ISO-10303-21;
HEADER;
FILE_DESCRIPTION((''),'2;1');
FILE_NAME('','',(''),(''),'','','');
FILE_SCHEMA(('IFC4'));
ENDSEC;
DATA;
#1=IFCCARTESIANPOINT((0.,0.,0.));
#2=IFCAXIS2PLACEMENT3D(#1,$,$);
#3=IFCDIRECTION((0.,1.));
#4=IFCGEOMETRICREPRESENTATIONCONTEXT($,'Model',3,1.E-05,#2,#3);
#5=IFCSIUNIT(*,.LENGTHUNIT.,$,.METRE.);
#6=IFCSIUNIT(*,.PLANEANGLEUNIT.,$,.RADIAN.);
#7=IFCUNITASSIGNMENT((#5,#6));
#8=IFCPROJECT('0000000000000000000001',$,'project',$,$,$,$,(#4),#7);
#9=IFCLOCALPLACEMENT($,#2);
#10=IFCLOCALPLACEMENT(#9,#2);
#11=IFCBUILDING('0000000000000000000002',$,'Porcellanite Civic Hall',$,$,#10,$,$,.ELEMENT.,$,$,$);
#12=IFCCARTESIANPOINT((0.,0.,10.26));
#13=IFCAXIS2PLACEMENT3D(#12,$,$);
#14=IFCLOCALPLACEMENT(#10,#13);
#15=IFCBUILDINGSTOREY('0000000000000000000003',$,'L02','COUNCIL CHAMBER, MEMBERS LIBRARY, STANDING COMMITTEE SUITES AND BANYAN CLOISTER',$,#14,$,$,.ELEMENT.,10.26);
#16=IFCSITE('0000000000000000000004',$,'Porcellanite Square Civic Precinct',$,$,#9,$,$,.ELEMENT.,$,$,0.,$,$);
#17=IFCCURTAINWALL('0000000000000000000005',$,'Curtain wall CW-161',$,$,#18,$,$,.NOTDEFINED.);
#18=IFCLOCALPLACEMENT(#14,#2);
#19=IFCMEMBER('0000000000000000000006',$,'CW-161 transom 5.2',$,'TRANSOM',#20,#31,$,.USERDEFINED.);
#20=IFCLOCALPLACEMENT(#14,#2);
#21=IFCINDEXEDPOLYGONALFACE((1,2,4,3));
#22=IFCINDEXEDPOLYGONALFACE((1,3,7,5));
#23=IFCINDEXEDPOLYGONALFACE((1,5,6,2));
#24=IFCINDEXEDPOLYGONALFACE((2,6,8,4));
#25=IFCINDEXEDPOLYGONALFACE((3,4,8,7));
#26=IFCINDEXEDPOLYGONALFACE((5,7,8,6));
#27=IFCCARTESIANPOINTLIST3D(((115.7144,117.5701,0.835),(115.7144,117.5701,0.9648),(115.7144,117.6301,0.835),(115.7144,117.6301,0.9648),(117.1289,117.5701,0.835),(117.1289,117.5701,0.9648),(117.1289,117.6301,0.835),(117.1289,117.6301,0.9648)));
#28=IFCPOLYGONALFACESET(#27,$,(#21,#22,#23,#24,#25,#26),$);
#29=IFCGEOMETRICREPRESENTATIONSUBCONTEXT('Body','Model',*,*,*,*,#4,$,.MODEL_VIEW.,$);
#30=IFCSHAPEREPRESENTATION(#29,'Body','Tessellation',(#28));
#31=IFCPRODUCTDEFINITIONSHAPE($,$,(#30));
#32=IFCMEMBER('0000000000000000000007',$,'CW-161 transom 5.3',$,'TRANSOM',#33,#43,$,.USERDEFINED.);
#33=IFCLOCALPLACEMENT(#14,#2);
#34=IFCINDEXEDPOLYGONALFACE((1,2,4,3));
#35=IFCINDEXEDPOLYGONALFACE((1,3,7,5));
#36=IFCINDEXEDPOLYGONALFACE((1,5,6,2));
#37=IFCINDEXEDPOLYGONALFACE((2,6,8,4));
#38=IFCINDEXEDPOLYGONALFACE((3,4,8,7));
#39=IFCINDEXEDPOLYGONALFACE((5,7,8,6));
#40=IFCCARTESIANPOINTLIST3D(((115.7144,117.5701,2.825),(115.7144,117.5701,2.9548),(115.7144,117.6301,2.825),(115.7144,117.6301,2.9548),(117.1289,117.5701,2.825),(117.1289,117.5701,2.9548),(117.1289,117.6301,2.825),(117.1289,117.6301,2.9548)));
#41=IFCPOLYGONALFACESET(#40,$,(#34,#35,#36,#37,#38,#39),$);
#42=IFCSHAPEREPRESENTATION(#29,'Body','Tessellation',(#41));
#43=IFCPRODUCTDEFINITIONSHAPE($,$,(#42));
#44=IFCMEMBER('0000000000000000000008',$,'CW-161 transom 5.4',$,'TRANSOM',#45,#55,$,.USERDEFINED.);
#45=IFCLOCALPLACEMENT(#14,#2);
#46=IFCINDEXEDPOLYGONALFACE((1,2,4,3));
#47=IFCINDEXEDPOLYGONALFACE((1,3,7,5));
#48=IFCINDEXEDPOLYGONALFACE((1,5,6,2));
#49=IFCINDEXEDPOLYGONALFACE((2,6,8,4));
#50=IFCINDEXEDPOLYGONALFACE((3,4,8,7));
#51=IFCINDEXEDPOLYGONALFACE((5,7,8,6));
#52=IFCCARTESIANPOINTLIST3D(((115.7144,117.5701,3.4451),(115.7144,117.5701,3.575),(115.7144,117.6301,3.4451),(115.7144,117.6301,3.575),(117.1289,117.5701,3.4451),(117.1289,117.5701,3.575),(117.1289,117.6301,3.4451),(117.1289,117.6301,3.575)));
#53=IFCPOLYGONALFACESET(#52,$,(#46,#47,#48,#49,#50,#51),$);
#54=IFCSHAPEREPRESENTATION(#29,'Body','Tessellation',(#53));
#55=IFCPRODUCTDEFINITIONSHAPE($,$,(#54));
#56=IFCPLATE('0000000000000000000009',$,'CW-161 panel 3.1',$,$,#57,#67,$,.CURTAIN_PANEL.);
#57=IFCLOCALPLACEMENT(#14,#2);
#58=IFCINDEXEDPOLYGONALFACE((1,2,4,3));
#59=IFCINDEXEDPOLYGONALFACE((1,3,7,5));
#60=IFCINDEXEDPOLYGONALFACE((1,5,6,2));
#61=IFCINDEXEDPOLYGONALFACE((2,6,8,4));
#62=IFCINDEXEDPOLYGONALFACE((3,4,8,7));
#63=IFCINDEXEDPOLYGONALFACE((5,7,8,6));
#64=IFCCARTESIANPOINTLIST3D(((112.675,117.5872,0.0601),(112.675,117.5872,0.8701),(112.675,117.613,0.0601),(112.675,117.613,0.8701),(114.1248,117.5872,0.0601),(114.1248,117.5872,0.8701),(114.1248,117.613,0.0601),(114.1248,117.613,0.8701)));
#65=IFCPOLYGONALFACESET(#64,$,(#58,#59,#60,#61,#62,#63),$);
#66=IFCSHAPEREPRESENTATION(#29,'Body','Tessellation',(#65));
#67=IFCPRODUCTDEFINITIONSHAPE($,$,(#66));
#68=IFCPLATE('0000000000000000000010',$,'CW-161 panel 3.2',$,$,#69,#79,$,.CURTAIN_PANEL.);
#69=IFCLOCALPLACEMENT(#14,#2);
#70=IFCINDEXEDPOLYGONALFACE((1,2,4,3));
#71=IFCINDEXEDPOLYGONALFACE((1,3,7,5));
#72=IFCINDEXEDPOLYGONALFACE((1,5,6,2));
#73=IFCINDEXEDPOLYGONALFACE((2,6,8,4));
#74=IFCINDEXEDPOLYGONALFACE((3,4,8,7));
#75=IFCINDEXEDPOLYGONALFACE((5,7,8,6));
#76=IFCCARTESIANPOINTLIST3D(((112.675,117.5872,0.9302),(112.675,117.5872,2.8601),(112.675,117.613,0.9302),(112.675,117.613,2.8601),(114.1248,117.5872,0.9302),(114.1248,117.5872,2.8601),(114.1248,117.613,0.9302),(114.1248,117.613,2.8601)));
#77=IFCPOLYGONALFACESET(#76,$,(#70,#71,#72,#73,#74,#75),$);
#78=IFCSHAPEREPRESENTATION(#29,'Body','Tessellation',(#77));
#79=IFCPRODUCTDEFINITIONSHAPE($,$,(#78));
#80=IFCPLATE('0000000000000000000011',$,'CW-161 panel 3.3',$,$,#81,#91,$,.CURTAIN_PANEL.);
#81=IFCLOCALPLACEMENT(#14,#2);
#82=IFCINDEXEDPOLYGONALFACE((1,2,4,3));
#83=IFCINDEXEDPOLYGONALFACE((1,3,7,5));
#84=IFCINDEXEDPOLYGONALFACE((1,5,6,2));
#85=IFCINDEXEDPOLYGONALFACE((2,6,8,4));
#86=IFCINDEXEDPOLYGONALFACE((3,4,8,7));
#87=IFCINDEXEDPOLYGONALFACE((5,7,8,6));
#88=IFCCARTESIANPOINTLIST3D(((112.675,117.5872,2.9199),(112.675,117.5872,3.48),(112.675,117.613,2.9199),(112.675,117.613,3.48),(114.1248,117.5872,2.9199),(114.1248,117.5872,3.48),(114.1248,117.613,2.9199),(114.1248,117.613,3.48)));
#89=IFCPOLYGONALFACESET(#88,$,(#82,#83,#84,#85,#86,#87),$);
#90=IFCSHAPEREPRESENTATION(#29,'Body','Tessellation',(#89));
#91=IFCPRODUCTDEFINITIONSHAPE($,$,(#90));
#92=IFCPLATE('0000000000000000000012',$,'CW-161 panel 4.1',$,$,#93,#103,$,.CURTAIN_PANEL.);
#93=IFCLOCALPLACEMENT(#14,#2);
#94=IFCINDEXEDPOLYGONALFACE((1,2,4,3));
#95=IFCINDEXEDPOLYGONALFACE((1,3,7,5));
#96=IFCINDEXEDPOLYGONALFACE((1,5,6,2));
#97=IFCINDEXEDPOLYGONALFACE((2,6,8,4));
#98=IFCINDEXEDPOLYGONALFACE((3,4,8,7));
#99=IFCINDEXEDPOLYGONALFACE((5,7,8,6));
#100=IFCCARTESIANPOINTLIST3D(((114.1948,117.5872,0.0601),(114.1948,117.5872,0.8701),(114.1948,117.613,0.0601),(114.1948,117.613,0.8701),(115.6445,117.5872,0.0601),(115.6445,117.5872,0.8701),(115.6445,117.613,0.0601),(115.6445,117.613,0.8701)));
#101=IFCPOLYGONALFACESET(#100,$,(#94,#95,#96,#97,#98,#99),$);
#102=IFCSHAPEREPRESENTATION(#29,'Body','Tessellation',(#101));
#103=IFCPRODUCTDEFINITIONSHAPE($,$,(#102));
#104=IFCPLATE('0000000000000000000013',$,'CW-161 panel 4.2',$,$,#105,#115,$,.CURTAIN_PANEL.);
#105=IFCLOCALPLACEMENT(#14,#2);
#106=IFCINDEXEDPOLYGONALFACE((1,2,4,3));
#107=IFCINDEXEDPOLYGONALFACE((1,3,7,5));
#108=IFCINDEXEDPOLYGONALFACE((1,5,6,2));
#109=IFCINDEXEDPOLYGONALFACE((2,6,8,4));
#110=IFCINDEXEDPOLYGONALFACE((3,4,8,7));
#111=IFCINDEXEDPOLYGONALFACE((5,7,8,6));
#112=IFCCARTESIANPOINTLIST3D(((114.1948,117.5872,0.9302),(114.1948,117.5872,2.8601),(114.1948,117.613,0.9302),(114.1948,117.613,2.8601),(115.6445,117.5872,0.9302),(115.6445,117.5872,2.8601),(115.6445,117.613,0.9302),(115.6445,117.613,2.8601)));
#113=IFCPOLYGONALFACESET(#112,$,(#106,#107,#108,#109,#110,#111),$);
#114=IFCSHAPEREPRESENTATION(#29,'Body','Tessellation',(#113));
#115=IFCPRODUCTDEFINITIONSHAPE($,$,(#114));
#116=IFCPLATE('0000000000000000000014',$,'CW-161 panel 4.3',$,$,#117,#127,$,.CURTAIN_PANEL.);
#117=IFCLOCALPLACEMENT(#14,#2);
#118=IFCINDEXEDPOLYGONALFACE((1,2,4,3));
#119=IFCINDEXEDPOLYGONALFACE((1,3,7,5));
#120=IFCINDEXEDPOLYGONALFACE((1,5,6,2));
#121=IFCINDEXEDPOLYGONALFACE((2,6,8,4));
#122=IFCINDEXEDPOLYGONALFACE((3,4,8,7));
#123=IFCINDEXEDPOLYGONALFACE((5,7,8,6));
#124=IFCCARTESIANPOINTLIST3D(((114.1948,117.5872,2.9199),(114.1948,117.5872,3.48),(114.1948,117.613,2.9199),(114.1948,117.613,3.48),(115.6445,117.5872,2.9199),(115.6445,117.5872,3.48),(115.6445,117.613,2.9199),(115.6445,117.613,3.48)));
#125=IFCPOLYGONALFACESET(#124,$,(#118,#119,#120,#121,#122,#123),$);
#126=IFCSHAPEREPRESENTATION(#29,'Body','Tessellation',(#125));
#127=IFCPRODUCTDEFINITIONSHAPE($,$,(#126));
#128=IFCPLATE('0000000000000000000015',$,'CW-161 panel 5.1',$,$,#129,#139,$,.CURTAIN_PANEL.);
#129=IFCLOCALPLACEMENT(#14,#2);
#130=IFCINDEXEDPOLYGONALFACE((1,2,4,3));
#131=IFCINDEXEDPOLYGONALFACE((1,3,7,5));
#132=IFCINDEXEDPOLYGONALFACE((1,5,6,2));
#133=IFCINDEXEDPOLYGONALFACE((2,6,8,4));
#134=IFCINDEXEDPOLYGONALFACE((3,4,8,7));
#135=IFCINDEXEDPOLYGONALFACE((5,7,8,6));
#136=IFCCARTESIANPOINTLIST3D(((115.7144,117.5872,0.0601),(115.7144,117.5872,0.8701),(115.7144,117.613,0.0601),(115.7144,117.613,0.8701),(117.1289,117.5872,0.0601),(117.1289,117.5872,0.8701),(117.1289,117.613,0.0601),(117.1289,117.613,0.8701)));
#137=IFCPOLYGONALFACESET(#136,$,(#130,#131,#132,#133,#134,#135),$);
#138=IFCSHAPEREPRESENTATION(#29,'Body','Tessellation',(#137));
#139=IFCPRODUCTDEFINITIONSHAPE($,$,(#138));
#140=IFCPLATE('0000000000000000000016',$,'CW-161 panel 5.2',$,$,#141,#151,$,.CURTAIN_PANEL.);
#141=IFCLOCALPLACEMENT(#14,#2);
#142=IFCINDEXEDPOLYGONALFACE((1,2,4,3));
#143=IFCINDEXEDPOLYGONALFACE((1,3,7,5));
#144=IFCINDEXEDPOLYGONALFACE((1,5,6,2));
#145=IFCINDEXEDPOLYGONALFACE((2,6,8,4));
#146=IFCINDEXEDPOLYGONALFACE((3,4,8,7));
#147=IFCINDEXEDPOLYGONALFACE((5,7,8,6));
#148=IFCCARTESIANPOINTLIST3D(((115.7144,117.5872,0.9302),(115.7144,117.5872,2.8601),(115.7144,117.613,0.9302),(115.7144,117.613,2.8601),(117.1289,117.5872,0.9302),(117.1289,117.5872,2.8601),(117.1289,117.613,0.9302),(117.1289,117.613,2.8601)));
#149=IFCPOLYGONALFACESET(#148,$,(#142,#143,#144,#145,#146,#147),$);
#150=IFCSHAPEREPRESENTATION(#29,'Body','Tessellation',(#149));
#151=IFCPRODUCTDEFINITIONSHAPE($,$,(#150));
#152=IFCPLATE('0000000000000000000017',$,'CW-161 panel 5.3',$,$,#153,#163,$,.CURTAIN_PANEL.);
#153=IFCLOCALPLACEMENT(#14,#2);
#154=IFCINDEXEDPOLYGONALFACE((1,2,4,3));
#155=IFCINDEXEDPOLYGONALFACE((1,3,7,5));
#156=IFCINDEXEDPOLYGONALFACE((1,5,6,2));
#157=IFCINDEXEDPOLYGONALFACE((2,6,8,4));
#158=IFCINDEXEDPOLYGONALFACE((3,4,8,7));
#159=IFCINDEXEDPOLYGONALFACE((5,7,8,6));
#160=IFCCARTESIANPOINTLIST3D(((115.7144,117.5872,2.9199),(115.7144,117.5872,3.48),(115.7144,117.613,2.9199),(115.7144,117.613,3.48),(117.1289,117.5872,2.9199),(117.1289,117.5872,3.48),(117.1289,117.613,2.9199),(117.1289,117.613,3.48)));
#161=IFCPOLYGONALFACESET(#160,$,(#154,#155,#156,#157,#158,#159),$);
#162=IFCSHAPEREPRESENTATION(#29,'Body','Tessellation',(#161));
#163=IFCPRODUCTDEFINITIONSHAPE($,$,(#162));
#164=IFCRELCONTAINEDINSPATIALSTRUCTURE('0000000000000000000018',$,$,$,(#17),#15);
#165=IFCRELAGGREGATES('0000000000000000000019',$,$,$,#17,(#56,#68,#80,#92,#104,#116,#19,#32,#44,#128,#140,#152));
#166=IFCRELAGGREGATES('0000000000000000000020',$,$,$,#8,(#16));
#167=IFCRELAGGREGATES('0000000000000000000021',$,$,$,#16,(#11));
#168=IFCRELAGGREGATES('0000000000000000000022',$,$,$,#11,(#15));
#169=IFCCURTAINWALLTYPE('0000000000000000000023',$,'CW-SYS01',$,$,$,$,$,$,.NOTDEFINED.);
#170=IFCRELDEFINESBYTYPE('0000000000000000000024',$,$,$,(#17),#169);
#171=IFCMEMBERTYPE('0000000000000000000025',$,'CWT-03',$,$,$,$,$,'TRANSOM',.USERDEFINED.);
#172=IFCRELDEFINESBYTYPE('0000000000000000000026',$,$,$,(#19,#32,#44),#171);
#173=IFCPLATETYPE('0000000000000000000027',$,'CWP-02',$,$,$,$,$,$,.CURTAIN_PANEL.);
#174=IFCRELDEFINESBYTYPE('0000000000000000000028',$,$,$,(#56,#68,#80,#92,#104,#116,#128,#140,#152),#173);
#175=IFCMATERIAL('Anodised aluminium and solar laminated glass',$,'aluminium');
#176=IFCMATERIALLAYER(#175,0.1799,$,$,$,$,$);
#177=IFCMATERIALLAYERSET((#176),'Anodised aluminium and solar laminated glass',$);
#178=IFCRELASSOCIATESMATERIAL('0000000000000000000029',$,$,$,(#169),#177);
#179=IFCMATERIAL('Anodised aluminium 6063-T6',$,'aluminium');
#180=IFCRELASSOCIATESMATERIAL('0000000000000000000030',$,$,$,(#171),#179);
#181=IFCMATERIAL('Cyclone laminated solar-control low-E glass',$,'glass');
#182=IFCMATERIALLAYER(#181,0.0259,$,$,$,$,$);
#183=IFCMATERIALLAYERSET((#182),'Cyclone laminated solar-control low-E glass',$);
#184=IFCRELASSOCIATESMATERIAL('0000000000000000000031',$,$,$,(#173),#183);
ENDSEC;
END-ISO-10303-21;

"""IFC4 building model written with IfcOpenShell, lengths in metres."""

from ifc_helpers import new_model, si_unit, direction, frame, origin, origin_2d, place, context, subcontext, project, spatial, rectangle, extrude, material, layer, layer_set, material_profile, profile_set, type_object, element, aggregate, save


model = new_model("IFC4")

# Units and contexts
model_context = context("Model", 3, precision=1e-05, world=origin(), true_north=direction((0.0, 1.0)))
body_context = subcontext(model_context, "Body", "Model", "MODEL_VIEW")
ifc_project = project(units=[si_unit("LENGTHUNIT", "METRE"), si_unit("PLANEANGLEUNIT", "RADIAN")], contexts=[model_context])

# Site, building, storey
site_placement = place(None, origin())
site = spatial("IfcSite", under=ifc_project, at=site_placement, Name="Porcellanite Square Civic Precinct", CompositionType="ELEMENT", RefElevation=0.0)
building_placement = place(site_placement, origin())
building = spatial("IfcBuilding", under=site, at=building_placement, Name="Porcellanite Civic Hall", CompositionType="ELEMENT")
storey_placement = place(building_placement, frame((0.0, 0.0, 10.26)))
storey = spatial("IfcBuildingStorey", under=building, at=storey_placement, Name="L02", Description="COUNCIL CHAMBER, MEMBERS LIBRARY, STANDING COMMITTEE SUITES AND BANYAN CLOISTER", CompositionType="ELEMENT", Elevation=10.26)

# Curtain wall, members, plates
ifc_material_1 = material(Name="Anodised aluminium and solar laminated glass", Category="aluminium")
ifc_layer_1 = layer(ifc_material_1, 0.1799)
ifc_layer_set_1 = layer_set([ifc_layer_1], Name="Anodised aluminium and solar laminated glass")
curtain_wall_type = type_object("IfcCurtainWallType", Name="CW-SYS01", PredefinedType="NOTDEFINED", material=ifc_layer_set_1)
curtain_wall_placement = place(storey_placement, origin())
curtain_wall = element("IfcCurtainWall", 1, at=curtain_wall_placement, inside=storey, type_object=curtain_wall_type, Name="Curtain wall CW-161", PredefinedType="NOTDEFINED")
ifc_material_2 = material(Name="Anodised aluminium 6063-T6", Category="aluminium")
ifc_material_profile_1 = material_profile(ifc_material_2, rectangle(XDim=0.0601, YDim=0.1299, at=origin_2d()), Name="AL-60x130")
ifc_profile_set_1 = profile_set([ifc_material_profile_1], Name="Anodised aluminium 6063-T6")
member_type_1 = type_object("IfcMemberType", Name="CWT-03", ElementType="TRANSOM", PredefinedType="USERDEFINED", material=ifc_profile_set_1)
member_1_placement = place(storey_placement, frame((115.7144, 117.6001, 0.8999), z_axis=(1.0, 0.0, 0.0), x_axis=(0.0, 1.0, 0.0)))
member_1 = element("IfcMember", 2, at=member_1_placement, type_object=member_type_1, Name="CW-161 transom 5.2", ObjectType="TRANSOM", PredefinedType="USERDEFINED", context=body_context, shape_type="SweptSolid", body=[
    extrude(rectangle(XDim=0.0601, YDim=0.1299, at=origin_2d()), origin(), (0.0, 0.0, 1.0), 1.4146),
])
member_2_placement = place(storey_placement, frame((115.7144, 117.6001, 2.8899), z_axis=(1.0, 0.0, 0.0), x_axis=(0.0, 1.0, 0.0)))
member_2 = element("IfcMember", 3, at=member_2_placement, type_object=member_type_1, Name="CW-161 transom 5.3", ObjectType="TRANSOM", PredefinedType="USERDEFINED", context=body_context, shape_type="SweptSolid", body=[
    extrude(rectangle(XDim=0.0601, YDim=0.1299, at=origin_2d()), origin(), (0.0, 0.0, 1.0), 1.4146),
])
member_3_placement = place(storey_placement, frame((115.7144, 117.6001, 3.51), z_axis=(1.0, 0.0, 0.0), x_axis=(0.0, 1.0, 0.0)))
member_3 = element("IfcMember", 4, at=member_3_placement, type_object=member_type_1, Name="CW-161 transom 5.4", ObjectType="TRANSOM", PredefinedType="USERDEFINED", context=body_context, shape_type="SweptSolid", body=[
    extrude(rectangle(XDim=0.0601, YDim=0.1299, at=origin_2d()), origin(), (0.0, 0.0, 1.0), 1.4146),
])
ifc_material_3 = material(Name="Cyclone laminated solar-control low-E glass", Category="glass")
ifc_layer_2 = layer(ifc_material_3, 0.0259)
ifc_layer_set_2 = layer_set([ifc_layer_2], Name="Cyclone laminated solar-control low-E glass")
plate_type = type_object("IfcPlateType", Name="CWP-02", PredefinedType="CURTAIN_PANEL", material=ifc_layer_set_2)
plate_1_placement = place(storey_placement, frame((113.3999, 117.6001, 0.0601), z_axis=(0.0, 0.0, 1.0), x_axis=(1.0, 0.0, 0.0)))
plate_1 = element("IfcPlate", 5, at=plate_1_placement, type_object=plate_type, Name="CW-161 panel 3.1", PredefinedType="CURTAIN_PANEL", context=body_context, shape_type="SweptSolid", body=[
    extrude(rectangle(XDim=1.4497, YDim=0.0259, at=origin_2d()), origin(), (0.0, 0.0, 1.0), 0.8101),
])
plate_2_placement = place(storey_placement, frame((113.3999, 117.6001, 0.9302), z_axis=(0.0, 0.0, 1.0), x_axis=(1.0, 0.0, 0.0)))
plate_2 = element("IfcPlate", 6, at=plate_2_placement, type_object=plate_type, Name="CW-161 panel 3.2", PredefinedType="CURTAIN_PANEL", context=body_context, shape_type="SweptSolid", body=[
    extrude(rectangle(XDim=1.4497, YDim=0.0259, at=origin_2d()), origin(), (0.0, 0.0, 1.0), 1.9299),
])
plate_3_placement = place(storey_placement, frame((113.3999, 117.6001, 2.9199), z_axis=(0.0, 0.0, 1.0), x_axis=(1.0, 0.0, 0.0)))
plate_3 = element("IfcPlate", 7, at=plate_3_placement, type_object=plate_type, Name="CW-161 panel 3.3", PredefinedType="CURTAIN_PANEL", context=body_context, shape_type="SweptSolid", body=[
    extrude(rectangle(XDim=1.4497, YDim=0.0259, at=origin_2d()), origin(), (0.0, 0.0, 1.0), 0.5601),
])
plate_4_placement = place(storey_placement, frame((114.9197, 117.6001, 0.0601), z_axis=(0.0, 0.0, 1.0), x_axis=(1.0, 0.0, 0.0)))
plate_4 = element("IfcPlate", 8, at=plate_4_placement, type_object=plate_type, Name="CW-161 panel 4.1", PredefinedType="CURTAIN_PANEL", context=body_context, shape_type="SweptSolid", body=[
    extrude(rectangle(XDim=1.4497, YDim=0.0259, at=origin_2d()), origin(), (0.0, 0.0, 1.0), 0.8101),
])
plate_5_placement = place(storey_placement, frame((114.9197, 117.6001, 0.9302), z_axis=(0.0, 0.0, 1.0), x_axis=(1.0, 0.0, 0.0)))
plate_5 = element("IfcPlate", 9, at=plate_5_placement, type_object=plate_type, Name="CW-161 panel 4.2", PredefinedType="CURTAIN_PANEL", context=body_context, shape_type="SweptSolid", body=[
    extrude(rectangle(XDim=1.4497, YDim=0.0259, at=origin_2d()), origin(), (0.0, 0.0, 1.0), 1.9299),
])
plate_6_placement = place(storey_placement, frame((114.9197, 117.6001, 2.9199), z_axis=(0.0, 0.0, 1.0), x_axis=(1.0, 0.0, 0.0)))
plate_6 = element("IfcPlate", 10, at=plate_6_placement, type_object=plate_type, Name="CW-161 panel 4.3", PredefinedType="CURTAIN_PANEL", context=body_context, shape_type="SweptSolid", body=[
    extrude(rectangle(XDim=1.4497, YDim=0.0259, at=origin_2d()), origin(), (0.0, 0.0, 1.0), 0.5601),
])
plate_7_placement = place(storey_placement, frame((116.4216, 117.6001, 0.0601), z_axis=(0.0, 0.0, 1.0), x_axis=(1.0, 0.0, 0.0)))
plate_7 = element("IfcPlate", 11, at=plate_7_placement, type_object=plate_type, Name="CW-161 panel 5.1", PredefinedType="CURTAIN_PANEL", context=body_context, shape_type="SweptSolid", body=[
    extrude(rectangle(XDim=1.4146, YDim=0.0259, at=origin_2d()), origin(), (0.0, 0.0, 1.0), 0.8101),
])
plate_8_placement = place(storey_placement, frame((116.4216, 117.6001, 0.9302), z_axis=(0.0, 0.0, 1.0), x_axis=(1.0, 0.0, 0.0)))
plate_8 = element("IfcPlate", 12, at=plate_8_placement, type_object=plate_type, Name="CW-161 panel 5.2", PredefinedType="CURTAIN_PANEL", context=body_context, shape_type="SweptSolid", body=[
    extrude(rectangle(XDim=1.4146, YDim=0.0259, at=origin_2d()), origin(), (0.0, 0.0, 1.0), 1.9299),
])
plate_9_placement = place(storey_placement, frame((116.4216, 117.6001, 2.9199), z_axis=(0.0, 0.0, 1.0), x_axis=(1.0, 0.0, 0.0)))
plate_9 = element("IfcPlate", 13, at=plate_9_placement, type_object=plate_type, Name="CW-161 panel 5.3", PredefinedType="CURTAIN_PANEL", context=body_context, shape_type="SweptSolid", body=[
    extrude(rectangle(XDim=1.4146, YDim=0.0259, at=origin_2d()), origin(), (0.0, 0.0, 1.0), 0.5601),
])
aggregate(curtain_wall, [plate_1, plate_2, plate_3, plate_4, plate_5, plate_6, member_1, member_2, member_3, plate_7, plate_8, plate_9])

save(model, "model.ifc")
